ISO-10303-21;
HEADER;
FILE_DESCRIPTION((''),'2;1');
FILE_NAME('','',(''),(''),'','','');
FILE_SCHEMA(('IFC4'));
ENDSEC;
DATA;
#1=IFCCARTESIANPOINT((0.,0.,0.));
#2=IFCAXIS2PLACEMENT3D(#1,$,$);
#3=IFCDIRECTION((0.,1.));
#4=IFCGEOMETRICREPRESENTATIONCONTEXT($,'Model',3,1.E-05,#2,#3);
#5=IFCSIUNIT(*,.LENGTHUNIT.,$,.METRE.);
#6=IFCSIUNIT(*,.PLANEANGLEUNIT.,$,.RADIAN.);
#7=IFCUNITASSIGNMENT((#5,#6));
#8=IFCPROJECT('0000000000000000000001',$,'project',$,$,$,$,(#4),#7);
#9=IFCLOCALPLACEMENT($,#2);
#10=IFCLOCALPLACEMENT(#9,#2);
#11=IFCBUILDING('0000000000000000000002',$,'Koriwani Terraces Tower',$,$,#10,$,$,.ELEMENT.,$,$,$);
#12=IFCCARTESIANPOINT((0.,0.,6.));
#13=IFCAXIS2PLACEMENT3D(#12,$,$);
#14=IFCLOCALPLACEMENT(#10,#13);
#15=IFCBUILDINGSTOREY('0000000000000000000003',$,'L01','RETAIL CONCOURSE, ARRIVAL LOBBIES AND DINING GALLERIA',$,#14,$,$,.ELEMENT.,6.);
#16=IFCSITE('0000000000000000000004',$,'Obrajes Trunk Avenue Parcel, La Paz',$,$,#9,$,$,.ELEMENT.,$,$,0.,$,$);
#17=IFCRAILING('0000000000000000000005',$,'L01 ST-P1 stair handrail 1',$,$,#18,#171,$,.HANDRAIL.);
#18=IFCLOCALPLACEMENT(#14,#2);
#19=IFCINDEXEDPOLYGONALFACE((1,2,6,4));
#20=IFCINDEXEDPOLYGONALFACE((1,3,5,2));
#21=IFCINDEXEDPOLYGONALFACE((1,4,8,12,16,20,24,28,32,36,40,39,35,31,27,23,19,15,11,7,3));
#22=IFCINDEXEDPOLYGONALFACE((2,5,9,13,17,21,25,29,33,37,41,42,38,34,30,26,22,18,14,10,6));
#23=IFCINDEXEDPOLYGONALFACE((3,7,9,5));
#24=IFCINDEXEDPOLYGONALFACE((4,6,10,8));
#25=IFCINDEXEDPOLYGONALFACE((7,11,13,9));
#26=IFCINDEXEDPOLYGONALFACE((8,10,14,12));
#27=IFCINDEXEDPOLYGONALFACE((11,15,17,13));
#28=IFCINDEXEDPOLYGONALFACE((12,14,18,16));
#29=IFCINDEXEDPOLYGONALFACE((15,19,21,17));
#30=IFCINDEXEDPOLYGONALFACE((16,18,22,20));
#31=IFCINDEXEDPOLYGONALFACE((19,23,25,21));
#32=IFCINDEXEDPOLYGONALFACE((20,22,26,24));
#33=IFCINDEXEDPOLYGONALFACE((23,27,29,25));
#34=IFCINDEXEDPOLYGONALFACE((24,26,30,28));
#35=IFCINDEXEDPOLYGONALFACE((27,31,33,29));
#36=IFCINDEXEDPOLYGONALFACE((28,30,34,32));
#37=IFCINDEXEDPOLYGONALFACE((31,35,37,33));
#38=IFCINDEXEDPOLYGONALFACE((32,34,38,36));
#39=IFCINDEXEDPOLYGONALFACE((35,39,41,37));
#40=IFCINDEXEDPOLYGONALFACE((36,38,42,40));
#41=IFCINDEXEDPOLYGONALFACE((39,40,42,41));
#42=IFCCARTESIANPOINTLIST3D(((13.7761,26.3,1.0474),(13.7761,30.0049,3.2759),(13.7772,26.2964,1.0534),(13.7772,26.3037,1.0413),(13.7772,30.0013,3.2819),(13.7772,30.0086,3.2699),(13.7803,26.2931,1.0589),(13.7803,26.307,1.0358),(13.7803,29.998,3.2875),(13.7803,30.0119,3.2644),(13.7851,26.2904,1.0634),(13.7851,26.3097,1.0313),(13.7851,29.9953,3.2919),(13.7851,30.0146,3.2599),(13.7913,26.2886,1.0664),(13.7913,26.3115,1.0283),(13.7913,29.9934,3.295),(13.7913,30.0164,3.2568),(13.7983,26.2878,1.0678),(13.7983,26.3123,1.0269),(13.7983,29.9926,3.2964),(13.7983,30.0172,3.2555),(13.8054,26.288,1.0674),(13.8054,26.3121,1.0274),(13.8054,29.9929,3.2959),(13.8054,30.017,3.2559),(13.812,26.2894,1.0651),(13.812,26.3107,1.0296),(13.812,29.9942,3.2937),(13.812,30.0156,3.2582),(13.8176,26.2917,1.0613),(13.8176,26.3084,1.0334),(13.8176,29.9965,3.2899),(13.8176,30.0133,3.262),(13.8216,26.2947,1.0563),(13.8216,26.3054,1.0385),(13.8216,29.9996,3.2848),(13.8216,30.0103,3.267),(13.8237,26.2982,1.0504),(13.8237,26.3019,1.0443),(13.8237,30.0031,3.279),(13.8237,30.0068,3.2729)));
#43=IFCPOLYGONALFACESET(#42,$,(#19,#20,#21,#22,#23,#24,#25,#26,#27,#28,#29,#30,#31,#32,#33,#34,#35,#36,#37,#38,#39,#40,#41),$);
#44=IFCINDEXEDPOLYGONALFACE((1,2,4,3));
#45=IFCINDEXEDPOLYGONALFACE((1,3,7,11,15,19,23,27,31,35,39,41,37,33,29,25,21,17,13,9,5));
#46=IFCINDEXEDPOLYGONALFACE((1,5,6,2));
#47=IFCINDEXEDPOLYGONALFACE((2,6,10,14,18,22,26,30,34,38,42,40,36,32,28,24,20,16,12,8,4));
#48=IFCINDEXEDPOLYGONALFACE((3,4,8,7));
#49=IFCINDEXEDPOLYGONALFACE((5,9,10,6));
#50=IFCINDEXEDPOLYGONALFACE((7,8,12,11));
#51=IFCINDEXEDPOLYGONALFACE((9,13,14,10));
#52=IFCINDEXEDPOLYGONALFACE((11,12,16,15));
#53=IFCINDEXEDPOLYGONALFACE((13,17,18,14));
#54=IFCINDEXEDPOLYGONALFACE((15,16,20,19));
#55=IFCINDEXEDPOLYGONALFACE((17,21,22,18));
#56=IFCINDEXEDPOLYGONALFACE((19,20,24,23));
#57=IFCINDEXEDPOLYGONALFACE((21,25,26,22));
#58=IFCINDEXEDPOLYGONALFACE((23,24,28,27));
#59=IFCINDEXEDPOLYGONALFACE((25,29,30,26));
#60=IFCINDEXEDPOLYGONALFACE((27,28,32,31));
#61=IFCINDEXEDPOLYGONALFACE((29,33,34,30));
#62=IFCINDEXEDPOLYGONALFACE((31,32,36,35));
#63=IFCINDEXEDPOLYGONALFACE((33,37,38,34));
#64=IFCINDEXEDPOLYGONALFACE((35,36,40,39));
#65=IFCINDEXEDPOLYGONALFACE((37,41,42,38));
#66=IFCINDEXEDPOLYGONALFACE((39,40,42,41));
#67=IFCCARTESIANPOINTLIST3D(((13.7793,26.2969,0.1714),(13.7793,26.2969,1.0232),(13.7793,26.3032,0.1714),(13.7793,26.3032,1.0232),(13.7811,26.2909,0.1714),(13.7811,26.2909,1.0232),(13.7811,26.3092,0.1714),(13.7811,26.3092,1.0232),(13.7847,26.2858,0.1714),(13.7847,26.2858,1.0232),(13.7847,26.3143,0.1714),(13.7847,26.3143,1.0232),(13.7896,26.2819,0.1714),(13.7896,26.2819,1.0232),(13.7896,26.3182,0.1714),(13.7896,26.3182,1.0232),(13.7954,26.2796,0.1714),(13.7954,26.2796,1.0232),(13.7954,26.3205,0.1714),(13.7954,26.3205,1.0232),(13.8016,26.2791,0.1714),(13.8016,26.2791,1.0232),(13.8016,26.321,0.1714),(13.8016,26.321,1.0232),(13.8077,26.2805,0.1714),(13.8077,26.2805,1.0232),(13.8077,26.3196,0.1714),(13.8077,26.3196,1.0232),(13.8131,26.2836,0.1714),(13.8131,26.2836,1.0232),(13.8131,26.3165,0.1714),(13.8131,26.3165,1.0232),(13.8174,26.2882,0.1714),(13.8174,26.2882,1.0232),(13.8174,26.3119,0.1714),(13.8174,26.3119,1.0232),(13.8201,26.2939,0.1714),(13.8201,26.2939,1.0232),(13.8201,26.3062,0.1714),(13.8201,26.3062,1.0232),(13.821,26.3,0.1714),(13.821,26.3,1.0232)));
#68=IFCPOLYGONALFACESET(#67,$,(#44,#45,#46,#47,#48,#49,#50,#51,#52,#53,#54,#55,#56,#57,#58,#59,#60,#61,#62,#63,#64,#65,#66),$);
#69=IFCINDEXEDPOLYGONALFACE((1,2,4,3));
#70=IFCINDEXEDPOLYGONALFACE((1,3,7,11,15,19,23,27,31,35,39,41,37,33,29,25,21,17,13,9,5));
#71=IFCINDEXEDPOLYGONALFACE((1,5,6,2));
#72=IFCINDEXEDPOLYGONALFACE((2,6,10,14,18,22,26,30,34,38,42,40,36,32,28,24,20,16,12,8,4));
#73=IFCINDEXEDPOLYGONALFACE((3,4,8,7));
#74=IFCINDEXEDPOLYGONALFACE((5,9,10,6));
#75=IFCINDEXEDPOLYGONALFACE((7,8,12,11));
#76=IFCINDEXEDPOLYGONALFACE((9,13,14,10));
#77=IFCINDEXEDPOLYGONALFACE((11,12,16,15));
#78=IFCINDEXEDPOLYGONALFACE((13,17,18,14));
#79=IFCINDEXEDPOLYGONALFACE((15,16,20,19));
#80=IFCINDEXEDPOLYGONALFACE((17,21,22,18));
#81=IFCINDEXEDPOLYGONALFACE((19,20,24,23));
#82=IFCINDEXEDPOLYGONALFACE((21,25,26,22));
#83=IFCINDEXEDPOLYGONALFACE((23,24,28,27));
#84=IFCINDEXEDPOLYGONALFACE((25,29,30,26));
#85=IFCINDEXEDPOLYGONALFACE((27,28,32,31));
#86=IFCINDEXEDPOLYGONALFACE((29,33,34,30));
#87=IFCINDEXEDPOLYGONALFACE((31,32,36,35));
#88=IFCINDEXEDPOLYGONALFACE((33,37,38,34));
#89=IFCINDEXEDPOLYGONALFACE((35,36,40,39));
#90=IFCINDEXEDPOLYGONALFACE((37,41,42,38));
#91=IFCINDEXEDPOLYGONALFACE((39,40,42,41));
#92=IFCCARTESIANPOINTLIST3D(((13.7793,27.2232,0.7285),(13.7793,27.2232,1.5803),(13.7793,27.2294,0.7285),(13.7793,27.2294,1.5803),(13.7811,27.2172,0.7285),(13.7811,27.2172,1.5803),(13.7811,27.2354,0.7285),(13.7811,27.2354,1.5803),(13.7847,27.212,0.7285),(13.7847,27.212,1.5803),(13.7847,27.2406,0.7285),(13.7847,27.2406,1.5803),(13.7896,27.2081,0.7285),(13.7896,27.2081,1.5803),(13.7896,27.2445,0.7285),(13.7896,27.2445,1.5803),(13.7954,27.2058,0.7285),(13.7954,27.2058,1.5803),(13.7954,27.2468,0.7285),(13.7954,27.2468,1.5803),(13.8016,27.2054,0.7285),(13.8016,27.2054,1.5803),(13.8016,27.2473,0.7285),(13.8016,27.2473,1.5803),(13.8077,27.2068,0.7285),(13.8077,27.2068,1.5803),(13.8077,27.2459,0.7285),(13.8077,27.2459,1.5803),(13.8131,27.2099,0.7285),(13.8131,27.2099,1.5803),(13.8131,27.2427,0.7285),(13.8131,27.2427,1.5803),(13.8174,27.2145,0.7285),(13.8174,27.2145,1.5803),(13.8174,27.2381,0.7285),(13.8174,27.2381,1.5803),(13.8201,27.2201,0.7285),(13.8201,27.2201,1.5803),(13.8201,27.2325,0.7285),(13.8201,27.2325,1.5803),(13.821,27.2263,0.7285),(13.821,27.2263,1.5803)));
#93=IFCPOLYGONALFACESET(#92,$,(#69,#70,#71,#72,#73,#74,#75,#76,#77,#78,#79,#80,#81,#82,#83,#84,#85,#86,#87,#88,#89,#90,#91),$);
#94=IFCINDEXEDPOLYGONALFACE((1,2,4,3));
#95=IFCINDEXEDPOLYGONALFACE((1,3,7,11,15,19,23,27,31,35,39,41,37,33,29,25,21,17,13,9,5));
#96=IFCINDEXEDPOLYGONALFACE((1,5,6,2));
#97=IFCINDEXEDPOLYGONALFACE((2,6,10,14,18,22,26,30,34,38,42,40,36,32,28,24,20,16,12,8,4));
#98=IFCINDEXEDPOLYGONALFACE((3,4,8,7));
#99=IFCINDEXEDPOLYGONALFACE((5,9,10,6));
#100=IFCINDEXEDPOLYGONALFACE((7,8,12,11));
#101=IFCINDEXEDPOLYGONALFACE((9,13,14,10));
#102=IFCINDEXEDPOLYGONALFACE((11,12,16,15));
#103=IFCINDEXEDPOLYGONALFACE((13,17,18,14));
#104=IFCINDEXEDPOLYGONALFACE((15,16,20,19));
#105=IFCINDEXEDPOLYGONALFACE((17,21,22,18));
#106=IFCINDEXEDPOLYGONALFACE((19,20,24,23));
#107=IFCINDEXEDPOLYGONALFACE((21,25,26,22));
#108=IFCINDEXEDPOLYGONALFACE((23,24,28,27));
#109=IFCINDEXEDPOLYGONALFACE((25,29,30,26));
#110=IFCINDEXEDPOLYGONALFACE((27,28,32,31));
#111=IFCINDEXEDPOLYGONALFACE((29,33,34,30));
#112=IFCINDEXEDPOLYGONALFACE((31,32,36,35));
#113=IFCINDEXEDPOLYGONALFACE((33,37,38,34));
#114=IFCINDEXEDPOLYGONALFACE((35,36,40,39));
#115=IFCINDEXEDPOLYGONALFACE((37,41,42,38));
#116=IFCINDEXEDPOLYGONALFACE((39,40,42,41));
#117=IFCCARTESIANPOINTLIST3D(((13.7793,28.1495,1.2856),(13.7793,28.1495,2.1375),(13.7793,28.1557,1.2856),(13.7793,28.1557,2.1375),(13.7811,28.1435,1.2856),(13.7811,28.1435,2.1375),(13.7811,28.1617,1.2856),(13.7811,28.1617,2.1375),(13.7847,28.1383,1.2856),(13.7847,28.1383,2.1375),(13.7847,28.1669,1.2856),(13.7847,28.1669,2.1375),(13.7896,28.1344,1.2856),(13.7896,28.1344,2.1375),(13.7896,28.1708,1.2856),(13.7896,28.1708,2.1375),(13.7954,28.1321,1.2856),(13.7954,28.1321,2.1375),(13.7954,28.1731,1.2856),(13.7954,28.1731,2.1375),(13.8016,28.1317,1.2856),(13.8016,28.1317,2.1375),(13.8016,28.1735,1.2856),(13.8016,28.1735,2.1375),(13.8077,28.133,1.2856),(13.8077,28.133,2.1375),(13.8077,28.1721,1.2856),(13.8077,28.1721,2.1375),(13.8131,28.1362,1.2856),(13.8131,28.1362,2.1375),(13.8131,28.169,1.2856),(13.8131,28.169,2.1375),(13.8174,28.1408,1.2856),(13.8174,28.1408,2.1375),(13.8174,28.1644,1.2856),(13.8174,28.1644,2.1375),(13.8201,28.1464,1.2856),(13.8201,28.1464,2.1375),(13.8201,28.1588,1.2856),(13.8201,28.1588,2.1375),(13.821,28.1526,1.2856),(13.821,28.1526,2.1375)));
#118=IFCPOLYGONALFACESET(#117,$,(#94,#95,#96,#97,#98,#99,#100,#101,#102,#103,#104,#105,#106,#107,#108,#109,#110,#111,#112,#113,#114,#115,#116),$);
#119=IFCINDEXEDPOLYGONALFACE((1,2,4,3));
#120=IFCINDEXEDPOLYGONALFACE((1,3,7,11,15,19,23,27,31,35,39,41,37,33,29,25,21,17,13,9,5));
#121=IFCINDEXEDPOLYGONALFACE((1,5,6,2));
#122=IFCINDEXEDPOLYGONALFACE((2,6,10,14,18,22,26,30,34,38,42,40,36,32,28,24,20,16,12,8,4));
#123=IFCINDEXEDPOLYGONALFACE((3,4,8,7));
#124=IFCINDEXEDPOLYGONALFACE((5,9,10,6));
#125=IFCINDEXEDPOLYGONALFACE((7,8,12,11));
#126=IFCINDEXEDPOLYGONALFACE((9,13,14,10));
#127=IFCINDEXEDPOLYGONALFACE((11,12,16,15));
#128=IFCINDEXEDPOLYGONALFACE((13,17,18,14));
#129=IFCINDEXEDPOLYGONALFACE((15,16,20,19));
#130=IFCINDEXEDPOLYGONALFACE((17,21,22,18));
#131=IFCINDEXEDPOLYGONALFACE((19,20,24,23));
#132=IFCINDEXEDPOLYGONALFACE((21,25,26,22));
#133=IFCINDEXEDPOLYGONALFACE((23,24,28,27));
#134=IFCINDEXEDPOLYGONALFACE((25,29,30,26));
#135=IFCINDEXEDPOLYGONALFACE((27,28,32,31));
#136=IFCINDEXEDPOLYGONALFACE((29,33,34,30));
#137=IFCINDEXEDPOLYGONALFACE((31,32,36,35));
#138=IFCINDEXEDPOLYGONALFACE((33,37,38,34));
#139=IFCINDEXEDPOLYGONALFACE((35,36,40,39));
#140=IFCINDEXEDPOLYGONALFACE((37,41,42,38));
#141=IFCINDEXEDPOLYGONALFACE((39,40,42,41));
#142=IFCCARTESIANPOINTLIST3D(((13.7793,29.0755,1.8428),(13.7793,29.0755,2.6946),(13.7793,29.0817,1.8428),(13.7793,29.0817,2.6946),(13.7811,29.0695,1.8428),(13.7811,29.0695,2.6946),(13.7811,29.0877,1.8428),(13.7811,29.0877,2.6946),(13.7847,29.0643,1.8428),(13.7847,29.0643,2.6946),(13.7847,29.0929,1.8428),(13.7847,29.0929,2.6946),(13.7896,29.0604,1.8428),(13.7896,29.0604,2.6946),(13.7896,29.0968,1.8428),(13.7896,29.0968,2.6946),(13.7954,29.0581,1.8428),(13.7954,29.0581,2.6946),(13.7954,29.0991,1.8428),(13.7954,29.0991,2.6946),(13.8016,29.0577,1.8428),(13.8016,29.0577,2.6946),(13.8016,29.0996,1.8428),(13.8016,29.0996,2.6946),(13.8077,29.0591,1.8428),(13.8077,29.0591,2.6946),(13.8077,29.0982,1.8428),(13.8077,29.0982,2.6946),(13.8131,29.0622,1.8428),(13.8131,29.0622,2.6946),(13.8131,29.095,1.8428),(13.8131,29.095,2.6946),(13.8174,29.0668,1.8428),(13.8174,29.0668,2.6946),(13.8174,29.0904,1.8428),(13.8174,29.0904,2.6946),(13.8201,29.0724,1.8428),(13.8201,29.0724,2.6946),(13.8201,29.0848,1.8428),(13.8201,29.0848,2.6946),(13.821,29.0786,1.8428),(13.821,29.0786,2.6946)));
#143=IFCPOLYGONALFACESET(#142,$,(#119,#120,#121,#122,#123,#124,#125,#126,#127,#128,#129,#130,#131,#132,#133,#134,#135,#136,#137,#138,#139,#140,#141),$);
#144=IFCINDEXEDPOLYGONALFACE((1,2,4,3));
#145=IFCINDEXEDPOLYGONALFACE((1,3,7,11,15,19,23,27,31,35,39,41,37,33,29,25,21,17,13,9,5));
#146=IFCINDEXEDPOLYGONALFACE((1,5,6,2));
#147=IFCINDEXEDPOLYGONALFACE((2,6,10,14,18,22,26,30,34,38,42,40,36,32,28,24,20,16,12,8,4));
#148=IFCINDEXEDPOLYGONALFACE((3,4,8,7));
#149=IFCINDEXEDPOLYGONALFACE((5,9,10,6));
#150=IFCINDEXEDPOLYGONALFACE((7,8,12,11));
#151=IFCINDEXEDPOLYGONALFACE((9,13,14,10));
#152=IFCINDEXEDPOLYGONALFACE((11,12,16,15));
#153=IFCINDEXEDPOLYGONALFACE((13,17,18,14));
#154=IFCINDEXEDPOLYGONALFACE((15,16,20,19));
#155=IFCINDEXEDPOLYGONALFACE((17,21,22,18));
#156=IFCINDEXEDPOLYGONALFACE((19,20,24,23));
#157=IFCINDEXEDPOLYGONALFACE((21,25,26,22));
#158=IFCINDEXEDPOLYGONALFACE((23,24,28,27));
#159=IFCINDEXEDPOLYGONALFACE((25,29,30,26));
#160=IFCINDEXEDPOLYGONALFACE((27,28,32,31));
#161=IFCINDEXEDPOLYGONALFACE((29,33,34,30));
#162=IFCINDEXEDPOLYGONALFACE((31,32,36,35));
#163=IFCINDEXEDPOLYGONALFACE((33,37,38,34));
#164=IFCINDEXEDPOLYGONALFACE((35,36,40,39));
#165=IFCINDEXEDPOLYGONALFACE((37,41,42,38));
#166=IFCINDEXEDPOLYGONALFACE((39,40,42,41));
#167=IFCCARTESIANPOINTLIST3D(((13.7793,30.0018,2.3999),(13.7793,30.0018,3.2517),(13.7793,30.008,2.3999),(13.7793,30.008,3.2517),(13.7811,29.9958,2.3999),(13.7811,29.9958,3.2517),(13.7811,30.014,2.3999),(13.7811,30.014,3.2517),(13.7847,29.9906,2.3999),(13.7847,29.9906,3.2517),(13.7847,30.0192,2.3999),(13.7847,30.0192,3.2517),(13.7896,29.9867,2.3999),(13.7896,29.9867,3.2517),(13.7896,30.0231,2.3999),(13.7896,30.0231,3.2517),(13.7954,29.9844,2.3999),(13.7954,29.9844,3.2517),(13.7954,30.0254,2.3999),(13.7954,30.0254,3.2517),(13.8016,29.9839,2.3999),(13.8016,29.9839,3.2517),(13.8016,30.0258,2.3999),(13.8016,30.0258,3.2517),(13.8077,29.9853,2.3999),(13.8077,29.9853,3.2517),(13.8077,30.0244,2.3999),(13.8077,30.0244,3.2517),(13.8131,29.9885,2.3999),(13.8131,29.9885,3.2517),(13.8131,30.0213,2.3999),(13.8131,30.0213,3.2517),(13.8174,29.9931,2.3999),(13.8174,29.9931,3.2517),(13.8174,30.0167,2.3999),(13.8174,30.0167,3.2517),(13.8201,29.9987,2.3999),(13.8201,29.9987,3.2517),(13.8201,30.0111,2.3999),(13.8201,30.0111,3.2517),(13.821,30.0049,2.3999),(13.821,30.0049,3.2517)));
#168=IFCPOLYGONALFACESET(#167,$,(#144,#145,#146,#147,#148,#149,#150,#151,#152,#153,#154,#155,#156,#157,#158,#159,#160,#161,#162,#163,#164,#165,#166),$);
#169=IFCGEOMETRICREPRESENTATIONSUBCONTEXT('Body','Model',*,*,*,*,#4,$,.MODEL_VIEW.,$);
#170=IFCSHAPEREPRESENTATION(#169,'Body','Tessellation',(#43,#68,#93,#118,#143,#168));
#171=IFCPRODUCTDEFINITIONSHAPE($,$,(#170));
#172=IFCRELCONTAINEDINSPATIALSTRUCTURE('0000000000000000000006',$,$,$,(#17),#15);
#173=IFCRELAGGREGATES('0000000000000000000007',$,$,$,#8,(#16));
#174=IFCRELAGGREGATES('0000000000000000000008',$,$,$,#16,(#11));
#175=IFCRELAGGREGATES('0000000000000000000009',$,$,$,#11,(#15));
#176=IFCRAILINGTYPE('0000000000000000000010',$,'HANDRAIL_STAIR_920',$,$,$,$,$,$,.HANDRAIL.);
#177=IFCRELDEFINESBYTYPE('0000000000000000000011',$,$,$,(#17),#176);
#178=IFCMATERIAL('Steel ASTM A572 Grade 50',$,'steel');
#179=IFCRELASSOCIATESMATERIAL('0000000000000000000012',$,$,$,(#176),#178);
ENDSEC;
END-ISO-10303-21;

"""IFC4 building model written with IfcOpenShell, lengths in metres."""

from ifc_helpers import new_model, si_unit, direction, frame, origin, origin_2d, place, context, subcontext, project, spatial, circle, extrude, material, type_object, element, save


model = new_model("IFC4")

# Units and contexts
model_context = context("Model", 3, precision=1e-05, world=origin(), true_north=direction((0.0, 1.0)))
body_context = subcontext(model_context, "Body", "Model", "MODEL_VIEW")
ifc_project = project(units=[si_unit("LENGTHUNIT", "METRE"), si_unit("PLANEANGLEUNIT", "RADIAN")], contexts=[model_context])

# Site, building, storey
site_placement = place(None, origin())
site = spatial("IfcSite", under=ifc_project, at=site_placement, Name="Obrajes Trunk Avenue Parcel, La Paz", CompositionType="ELEMENT", RefElevation=0.0)
building_placement = place(site_placement, origin())
building = spatial("IfcBuilding", under=site, at=building_placement, Name="Koriwani Terraces Tower", CompositionType="ELEMENT")
storey_placement = place(building_placement, frame((0.0, 0.0, 6.0)))
storey = spatial("IfcBuildingStorey", under=building, at=storey_placement, Name="L01", Description="RETAIL CONCOURSE, ARRIVAL LOBBIES AND DINING GALLERIA", CompositionType="ELEMENT", Elevation=6.0)

# Shared definitions
ifc_material_1 = material(Name="Steel ASTM A572 Grade 50", Category="steel")

# Railing
railing_type_1 = type_object("IfcRailingType", Name="HANDRAIL_STAIR_920", PredefinedType="HANDRAIL", material=ifc_material_1)
railing_1_placement = place(storey_placement, frame((13.8, 26.3, 0.1714)))
element("IfcRailing", 1, at=railing_1_placement, inside=storey, type_object=railing_type_1, Name="L01 ST-P1 stair handrail 1", PredefinedType="HANDRAIL", context=body_context, shape_type="SweptSolid", body=[
    extrude(circle(Radius=0.0239, at=origin_2d()), frame((0.0, 0.0, 0.876), z_axis=(0.0, 0.856919, 0.51545), x_axis=(-1.0, 0.0, 0.0)), (0.0, 0.0, 1.0), 4.3235),
    extrude(circle(Radius=0.021, at=origin_2d()), origin(), (0.0, 0.0, 1.0), 0.8518),
    extrude(circle(Radius=0.021, at=origin_2d()), frame((0.0, 0.9263, 0.5571)), (0.0, 0.0, 1.0), 0.8518),
    extrude(circle(Radius=0.021, at=origin_2d()), frame((0.0, 1.8525, 1.1143)), (0.0, 0.0, 1.0), 0.8518),
    extrude(circle(Radius=0.021, at=origin_2d()), frame((0.0, 2.7786, 1.6714)), (0.0, 0.0, 1.0), 0.8518),
    extrude(circle(Radius=0.021, at=origin_2d()), frame((0.0, 3.7048, 2.2285)), (0.0, 0.0, 1.0), 0.8518),
])

save(model, "model.ifc")
